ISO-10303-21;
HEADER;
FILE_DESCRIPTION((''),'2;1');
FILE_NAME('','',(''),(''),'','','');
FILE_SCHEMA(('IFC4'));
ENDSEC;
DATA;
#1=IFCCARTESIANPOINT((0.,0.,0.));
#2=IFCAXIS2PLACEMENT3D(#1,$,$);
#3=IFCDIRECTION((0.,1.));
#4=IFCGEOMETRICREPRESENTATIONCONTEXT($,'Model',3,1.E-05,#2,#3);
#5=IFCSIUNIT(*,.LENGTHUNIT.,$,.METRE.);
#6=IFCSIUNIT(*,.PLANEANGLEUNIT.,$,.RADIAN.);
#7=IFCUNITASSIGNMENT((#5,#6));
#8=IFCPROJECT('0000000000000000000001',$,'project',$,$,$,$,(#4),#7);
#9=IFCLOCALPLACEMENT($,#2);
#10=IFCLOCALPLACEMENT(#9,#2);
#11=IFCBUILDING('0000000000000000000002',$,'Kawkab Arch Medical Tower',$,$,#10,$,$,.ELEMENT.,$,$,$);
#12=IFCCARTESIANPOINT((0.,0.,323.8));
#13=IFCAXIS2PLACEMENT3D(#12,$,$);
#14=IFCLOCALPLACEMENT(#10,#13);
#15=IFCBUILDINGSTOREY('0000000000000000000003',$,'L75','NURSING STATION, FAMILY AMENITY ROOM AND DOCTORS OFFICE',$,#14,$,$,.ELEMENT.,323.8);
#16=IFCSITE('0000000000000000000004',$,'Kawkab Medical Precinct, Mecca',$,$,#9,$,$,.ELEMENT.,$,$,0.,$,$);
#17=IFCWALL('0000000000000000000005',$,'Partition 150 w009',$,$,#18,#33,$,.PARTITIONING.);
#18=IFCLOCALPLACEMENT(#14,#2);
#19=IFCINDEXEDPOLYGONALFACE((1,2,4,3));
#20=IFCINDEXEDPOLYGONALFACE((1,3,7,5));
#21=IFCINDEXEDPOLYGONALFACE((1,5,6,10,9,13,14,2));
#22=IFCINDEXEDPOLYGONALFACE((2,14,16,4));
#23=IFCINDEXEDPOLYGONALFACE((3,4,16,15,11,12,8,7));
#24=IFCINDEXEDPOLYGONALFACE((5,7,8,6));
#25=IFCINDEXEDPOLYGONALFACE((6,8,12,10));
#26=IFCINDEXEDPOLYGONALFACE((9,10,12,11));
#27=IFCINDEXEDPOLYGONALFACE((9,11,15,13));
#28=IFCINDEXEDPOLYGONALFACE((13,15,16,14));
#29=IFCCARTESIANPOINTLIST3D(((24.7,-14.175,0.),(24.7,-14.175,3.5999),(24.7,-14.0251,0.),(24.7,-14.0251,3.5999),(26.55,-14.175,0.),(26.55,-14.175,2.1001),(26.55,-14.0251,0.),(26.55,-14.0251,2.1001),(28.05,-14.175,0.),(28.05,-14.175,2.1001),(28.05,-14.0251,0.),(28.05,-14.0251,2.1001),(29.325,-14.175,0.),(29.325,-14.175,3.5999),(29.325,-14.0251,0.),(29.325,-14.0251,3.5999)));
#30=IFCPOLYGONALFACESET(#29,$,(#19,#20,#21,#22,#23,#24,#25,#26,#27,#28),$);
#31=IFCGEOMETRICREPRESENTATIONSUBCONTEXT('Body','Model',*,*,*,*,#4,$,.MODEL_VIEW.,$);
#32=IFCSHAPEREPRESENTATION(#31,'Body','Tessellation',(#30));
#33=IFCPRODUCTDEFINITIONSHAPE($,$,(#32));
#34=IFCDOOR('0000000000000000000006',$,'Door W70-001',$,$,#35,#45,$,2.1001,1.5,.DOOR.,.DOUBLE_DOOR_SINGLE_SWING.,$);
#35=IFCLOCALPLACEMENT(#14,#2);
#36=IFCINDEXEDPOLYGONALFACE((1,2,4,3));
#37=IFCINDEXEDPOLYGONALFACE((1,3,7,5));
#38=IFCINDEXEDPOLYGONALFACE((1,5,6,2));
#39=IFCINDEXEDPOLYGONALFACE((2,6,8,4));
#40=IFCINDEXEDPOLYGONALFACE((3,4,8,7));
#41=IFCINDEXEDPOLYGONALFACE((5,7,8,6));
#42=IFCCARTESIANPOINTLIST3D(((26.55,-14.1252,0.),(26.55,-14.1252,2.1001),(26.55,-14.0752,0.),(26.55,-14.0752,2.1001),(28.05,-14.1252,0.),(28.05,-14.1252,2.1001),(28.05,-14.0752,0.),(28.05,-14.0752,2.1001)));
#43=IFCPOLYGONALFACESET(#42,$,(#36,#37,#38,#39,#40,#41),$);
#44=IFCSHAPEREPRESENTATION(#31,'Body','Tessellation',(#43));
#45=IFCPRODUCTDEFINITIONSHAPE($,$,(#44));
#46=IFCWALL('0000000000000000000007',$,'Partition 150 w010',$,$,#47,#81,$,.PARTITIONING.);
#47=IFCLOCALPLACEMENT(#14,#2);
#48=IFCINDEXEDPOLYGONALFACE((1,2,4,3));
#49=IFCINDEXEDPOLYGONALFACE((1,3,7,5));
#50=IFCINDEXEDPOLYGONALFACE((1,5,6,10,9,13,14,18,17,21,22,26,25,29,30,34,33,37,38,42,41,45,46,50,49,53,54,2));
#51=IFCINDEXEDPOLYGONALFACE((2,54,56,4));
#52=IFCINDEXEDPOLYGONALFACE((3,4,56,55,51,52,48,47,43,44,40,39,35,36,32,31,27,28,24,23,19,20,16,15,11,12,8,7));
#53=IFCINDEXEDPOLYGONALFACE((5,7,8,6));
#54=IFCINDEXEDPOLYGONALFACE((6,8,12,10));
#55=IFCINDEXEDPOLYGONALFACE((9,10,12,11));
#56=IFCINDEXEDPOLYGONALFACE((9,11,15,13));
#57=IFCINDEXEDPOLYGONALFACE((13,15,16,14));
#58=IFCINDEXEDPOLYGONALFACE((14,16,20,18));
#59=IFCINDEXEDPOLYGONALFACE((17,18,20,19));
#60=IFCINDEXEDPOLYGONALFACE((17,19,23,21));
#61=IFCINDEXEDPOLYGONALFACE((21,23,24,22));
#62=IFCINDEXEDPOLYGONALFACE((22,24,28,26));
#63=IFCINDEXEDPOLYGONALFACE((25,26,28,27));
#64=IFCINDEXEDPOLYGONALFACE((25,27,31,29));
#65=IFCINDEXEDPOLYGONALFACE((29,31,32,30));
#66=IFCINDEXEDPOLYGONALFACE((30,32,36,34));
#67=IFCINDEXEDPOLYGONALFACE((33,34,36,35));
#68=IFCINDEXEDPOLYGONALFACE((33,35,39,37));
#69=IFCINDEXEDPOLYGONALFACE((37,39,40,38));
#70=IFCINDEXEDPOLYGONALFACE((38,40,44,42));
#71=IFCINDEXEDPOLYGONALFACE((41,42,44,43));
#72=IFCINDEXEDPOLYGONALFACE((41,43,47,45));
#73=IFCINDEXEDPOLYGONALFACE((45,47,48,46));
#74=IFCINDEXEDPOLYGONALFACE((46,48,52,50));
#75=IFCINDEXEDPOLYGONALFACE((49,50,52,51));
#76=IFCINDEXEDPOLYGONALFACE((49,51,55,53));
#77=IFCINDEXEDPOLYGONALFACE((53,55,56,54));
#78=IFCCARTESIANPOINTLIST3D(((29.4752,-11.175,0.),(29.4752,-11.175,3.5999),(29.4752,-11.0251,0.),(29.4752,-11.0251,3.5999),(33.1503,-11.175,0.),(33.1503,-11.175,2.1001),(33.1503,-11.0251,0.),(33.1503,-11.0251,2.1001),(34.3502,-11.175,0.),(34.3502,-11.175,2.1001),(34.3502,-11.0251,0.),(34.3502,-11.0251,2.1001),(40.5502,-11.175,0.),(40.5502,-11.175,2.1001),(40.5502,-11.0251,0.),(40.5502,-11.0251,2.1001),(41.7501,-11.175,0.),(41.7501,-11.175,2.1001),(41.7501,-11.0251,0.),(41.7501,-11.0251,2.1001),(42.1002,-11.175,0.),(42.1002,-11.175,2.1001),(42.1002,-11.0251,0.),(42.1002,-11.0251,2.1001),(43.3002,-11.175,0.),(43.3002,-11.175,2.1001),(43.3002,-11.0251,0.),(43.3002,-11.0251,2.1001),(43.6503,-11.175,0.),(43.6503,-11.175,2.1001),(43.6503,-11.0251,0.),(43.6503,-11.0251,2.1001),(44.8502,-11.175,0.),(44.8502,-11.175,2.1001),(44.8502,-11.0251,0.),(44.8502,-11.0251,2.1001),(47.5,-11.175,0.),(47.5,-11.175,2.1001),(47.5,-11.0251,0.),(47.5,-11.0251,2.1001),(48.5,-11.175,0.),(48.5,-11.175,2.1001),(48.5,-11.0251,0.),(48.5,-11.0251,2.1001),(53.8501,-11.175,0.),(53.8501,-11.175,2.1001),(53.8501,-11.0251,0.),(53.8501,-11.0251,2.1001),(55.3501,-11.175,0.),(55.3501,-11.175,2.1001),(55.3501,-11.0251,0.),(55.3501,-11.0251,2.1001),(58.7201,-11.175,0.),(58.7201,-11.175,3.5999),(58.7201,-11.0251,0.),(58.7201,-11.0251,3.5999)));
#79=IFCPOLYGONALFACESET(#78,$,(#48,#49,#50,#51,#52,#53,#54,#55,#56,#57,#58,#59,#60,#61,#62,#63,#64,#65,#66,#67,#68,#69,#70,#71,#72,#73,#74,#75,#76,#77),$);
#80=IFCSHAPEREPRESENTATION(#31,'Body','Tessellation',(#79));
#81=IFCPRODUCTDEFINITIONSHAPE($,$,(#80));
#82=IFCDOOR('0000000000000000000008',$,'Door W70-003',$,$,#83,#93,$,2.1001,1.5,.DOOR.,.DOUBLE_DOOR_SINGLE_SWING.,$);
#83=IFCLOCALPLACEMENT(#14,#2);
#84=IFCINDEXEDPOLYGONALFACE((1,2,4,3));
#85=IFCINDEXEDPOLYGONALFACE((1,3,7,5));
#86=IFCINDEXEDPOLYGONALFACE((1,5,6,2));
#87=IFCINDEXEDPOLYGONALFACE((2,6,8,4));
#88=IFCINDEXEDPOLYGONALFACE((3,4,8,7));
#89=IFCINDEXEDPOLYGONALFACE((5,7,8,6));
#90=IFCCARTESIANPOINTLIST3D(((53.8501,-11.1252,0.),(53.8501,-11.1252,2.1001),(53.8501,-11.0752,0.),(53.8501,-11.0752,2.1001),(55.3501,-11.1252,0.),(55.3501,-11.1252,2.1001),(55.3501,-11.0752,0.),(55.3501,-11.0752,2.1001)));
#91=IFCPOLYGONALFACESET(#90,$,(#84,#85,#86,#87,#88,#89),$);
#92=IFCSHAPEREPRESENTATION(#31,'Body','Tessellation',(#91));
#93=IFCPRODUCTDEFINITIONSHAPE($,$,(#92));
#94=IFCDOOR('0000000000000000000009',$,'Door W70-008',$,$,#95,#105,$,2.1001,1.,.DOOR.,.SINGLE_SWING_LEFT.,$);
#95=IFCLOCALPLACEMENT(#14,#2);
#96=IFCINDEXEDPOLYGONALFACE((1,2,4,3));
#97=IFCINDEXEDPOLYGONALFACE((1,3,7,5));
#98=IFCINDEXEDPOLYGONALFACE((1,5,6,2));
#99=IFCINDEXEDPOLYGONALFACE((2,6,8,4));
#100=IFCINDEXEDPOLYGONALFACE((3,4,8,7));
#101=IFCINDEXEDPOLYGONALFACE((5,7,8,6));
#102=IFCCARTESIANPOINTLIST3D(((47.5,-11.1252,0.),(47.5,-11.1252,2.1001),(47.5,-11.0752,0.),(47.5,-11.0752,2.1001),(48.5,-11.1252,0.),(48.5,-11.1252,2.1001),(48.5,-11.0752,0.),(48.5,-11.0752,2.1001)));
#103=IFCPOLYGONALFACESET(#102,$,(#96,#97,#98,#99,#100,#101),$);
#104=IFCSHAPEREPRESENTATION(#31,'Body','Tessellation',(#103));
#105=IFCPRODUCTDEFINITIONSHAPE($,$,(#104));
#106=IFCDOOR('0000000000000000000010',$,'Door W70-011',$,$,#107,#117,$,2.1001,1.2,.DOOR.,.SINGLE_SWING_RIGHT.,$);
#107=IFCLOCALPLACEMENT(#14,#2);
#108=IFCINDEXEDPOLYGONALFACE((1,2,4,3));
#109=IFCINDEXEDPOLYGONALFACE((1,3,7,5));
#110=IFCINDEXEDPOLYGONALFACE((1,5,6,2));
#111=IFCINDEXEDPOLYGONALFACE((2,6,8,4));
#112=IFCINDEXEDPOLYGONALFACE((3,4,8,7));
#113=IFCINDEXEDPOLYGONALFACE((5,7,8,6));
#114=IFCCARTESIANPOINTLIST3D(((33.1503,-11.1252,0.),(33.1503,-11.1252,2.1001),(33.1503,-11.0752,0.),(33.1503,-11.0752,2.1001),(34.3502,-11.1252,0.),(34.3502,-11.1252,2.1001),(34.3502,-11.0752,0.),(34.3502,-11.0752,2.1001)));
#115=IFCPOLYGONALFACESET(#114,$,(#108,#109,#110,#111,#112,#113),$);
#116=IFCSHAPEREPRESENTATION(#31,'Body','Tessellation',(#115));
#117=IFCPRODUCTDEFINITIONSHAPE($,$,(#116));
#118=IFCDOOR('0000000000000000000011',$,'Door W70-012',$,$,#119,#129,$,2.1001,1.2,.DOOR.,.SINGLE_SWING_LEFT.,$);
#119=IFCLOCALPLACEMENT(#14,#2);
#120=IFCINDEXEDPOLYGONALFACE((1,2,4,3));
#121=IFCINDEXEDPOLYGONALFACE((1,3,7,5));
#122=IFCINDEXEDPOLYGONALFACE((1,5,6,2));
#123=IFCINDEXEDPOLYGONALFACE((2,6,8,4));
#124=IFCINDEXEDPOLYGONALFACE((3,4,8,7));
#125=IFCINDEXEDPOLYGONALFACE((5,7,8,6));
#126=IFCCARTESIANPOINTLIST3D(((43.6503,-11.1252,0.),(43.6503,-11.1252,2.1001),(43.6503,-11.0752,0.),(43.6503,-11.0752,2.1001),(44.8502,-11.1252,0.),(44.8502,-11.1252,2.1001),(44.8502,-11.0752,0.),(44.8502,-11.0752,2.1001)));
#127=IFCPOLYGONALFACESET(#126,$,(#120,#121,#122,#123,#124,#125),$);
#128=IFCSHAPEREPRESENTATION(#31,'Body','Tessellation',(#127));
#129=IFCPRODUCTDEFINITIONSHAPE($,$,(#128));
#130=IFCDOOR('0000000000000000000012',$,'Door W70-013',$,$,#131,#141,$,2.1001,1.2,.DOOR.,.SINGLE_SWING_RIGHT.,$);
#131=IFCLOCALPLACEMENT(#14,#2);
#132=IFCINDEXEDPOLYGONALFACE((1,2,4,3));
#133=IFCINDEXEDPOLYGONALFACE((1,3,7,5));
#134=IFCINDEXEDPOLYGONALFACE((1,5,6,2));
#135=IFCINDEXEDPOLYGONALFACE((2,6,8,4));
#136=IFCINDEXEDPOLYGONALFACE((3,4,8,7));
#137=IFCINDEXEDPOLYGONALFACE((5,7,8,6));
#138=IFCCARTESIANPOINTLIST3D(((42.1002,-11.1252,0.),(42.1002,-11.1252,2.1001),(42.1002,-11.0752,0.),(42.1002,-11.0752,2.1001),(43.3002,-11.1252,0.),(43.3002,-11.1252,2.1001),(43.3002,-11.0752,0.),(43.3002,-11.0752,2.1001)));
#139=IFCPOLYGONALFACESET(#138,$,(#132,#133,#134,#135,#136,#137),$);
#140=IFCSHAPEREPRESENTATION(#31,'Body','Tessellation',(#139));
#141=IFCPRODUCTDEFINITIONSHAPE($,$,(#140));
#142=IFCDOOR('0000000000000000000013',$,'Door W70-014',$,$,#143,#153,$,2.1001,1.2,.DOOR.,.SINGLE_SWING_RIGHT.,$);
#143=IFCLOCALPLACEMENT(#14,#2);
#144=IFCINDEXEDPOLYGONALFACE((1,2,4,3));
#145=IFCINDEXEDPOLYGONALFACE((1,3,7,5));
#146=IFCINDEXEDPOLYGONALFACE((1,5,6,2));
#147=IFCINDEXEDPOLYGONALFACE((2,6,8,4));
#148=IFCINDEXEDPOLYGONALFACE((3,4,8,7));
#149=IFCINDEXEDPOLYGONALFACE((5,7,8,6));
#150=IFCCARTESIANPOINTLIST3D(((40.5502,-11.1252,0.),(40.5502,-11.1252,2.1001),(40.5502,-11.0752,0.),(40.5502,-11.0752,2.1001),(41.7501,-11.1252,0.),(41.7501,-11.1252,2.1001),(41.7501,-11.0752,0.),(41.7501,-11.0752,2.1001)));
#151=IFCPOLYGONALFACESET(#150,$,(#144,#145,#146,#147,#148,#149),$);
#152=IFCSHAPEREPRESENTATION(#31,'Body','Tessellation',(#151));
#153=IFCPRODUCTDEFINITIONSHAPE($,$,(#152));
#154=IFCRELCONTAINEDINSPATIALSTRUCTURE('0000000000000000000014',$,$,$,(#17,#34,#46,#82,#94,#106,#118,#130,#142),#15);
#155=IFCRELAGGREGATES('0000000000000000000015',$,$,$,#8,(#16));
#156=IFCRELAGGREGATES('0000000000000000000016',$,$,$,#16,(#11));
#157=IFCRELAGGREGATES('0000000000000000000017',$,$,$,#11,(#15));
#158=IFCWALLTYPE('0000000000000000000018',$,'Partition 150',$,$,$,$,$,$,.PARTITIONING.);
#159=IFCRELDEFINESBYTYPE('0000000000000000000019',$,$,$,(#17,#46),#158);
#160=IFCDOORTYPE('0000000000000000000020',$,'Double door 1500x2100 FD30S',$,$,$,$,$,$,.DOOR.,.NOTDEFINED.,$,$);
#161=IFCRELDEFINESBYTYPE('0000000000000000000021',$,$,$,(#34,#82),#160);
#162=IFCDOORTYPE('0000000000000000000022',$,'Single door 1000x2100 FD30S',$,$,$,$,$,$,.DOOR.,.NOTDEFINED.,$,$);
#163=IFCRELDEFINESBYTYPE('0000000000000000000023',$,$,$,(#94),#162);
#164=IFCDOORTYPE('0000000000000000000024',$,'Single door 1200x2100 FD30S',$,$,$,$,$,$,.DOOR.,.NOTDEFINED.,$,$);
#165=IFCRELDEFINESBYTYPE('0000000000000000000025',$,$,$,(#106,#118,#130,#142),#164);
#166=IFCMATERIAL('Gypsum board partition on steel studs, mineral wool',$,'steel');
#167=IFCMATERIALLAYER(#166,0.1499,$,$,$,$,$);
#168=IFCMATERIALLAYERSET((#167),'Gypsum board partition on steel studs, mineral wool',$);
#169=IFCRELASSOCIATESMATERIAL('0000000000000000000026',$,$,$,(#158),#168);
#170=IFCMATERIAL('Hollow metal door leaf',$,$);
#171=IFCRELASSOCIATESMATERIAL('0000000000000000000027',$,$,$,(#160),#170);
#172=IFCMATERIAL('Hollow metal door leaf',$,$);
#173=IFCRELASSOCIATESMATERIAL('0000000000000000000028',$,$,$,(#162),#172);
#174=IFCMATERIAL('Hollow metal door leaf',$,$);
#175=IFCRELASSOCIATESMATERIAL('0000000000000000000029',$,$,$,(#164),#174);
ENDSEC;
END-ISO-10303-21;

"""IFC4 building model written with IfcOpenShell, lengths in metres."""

from ifc_helpers import new_model, si_unit, direction, frame, frame_2d, origin, place, context, subcontext, project, spatial, rectangle, extrude, material, layer, layer_set, type_object, element, fill, save


model = new_model("IFC4")

# Units and contexts
model_context = context("Model", 3, precision=1e-05, world=origin(), true_north=direction((0.0, 1.0)))
body_context = subcontext(model_context, "Body", "Model", "MODEL_VIEW")
ifc_project = project(units=[si_unit("LENGTHUNIT", "METRE"), si_unit("PLANEANGLEUNIT", "RADIAN")], contexts=[model_context])

# Site, building, storey
site_placement = place(None, origin())
site = spatial("IfcSite", under=ifc_project, at=site_placement, Name="Kawkab Medical Precinct, Mecca", CompositionType="ELEMENT", RefElevation=0.0)
building_placement = place(site_placement, origin())
building = spatial("IfcBuilding", under=site, at=building_placement, Name="Kawkab Arch Medical Tower", CompositionType="ELEMENT")
storey_placement = place(building_placement, frame((0.0, 0.0, 323.8)))
storey = spatial("IfcBuildingStorey", under=building, at=storey_placement, Name="L75", Description="NURSING STATION, FAMILY AMENITY ROOM AND DOCTORS OFFICE", CompositionType="ELEMENT", Elevation=323.8)

# Wall, opening, door
ifc_material_1 = material(Name="Gypsum board partition on steel studs, mineral wool", Category="steel")
ifc_layer_1 = layer(ifc_material_1, 0.1499)
ifc_layer_set_1 = layer_set([ifc_layer_1], Name="Gypsum board partition on steel studs, mineral wool")
wall_type_1 = type_object("IfcWallType", Name="Partition 150", PredefinedType="PARTITIONING", material=ifc_layer_set_1)
wall_1_placement = place(storey_placement, frame((24.7, -14.1001, 0.0), z_axis=(0.0, 0.0, 1.0), x_axis=(1.0, 0.0, 0.0)))
wall_1 = element("IfcWall", 1, at=wall_1_placement, inside=storey, type_object=wall_type_1, Name="Partition 150 w009", PredefinedType="PARTITIONING", context=body_context, shape_type="SweptSolid", body=[
    extrude(rectangle(XDim=4.625, YDim=0.1499, at=frame_2d((2.3125, 0.0))), origin(), (0.0, 0.0, 1.0), 3.5999),
])
opening_1_placement = place(wall_1_placement, frame((1.8501, 0.0, 0.0)))
opening_1 = element("IfcOpeningElement", 2, at=opening_1_placement, cuts=wall_1, PredefinedType="OPENING", context=body_context, shape_type="SweptSolid", body=[
    extrude(rectangle(XDim=1.5, YDim=2.1001, at=frame_2d((0.75, 1.05))), frame((0.0, 0.085, 0.0), z_axis=(0.0, -1.0, 0.0), x_axis=(1.0, 0.0, 0.0)), (0.0, 0.0, 1.0), 0.1699),
])
ifc_material_2 = material(Name="Hollow metal door leaf")
door_type_1 = type_object("IfcDoorType", Name="Double door 1500x2100 FD30S", OperationType="NOTDEFINED", PredefinedType="DOOR", material=ifc_material_2)
door_1_placement = place(opening_1_placement, origin())
door_1 = element("IfcDoor", 3, at=door_1_placement, inside=storey, type_object=door_type_1, Name="Door W70-001", OperationType="DOUBLE_DOOR_SINGLE_SWING", OverallHeight=2.1001, OverallWidth=1.5, PredefinedType="DOOR", context=body_context, shape_type="SweptSolid", body=[
    extrude(rectangle(XDim=1.5, YDim=2.1001, at=frame_2d((0.75, 1.05))), frame((0.0, 0.0249, 0.0), z_axis=(0.0, -1.0, 0.0), x_axis=(1.0, 0.0, 0.0)), (0.0, 0.0, 1.0), 0.05),
])
fill(opening_1, door_1)

# Wall, openings, doors
wall_2_placement = place(storey_placement, frame((29.4751, -11.1001, 0.0), z_axis=(0.0, 0.0, 1.0), x_axis=(1.0, 0.0, 0.0)))
wall_2 = element("IfcWall", 4, at=wall_2_placement, inside=storey, type_object=wall_type_1, Name="Partition 150 w010", PredefinedType="PARTITIONING", context=body_context, shape_type="SweptSolid", body=[
    extrude(rectangle(XDim=29.2449, YDim=0.1499, at=frame_2d((14.6226, 0.0))), origin(), (0.0, 0.0, 1.0), 3.5999),
])
opening_2_placement = place(wall_2_placement, frame((3.675, 0.0, 0.0)))
opening_2 = element("IfcOpeningElement", 5, at=opening_2_placement, cuts=wall_2, PredefinedType="OPENING", context=body_context, shape_type="SweptSolid", body=[
    extrude(rectangle(XDim=1.2, YDim=2.1001, at=frame_2d((0.6001, 1.05))), frame((0.0, 0.085, 0.0), z_axis=(0.0, -1.0, 0.0), x_axis=(1.0, 0.0, 0.0)), (0.0, 0.0, 1.0), 0.1699),
])
opening_3_placement = place(wall_2_placement, frame((14.175, 0.0, 0.0)))
opening_3 = element("IfcOpeningElement", 6, at=opening_3_placement, cuts=wall_2, PredefinedType="OPENING", context=body_context, shape_type="SweptSolid", body=[
    extrude(rectangle(XDim=1.2, YDim=2.1001, at=frame_2d((0.6001, 1.05))), frame((0.0, 0.085, 0.0), z_axis=(0.0, -1.0, 0.0), x_axis=(1.0, 0.0, 0.0)), (0.0, 0.0, 1.0), 0.1699),
])
opening_4_placement = place(wall_2_placement, frame((12.625, 0.0, 0.0)))
opening_4 = element("IfcOpeningElement", 7, at=opening_4_placement, cuts=wall_2, PredefinedType="OPENING", context=body_context, shape_type="SweptSolid", body=[
    extrude(rectangle(XDim=1.2, YDim=2.1001, at=frame_2d((0.6001, 1.05))), frame((0.0, 0.085, 0.0), z_axis=(0.0, -1.0, 0.0), x_axis=(1.0, 0.0, 0.0)), (0.0, 0.0, 1.0), 0.1699),
])
opening_5_placement = place(wall_2_placement, frame((11.075, 0.0, 0.0)))
opening_5 = element("IfcOpeningElement", 8, at=opening_5_placement, cuts=wall_2, PredefinedType="OPENING", context=body_context, shape_type="SweptSolid", body=[
    extrude(rectangle(XDim=1.2, YDim=2.1001, at=frame_2d((0.6001, 1.05))), frame((0.0, 0.085, 0.0), z_axis=(0.0, -1.0, 0.0), x_axis=(1.0, 0.0, 0.0)), (0.0, 0.0, 1.0), 0.1699),
])
opening_6_placement = place(wall_2_placement, frame((18.0249, 0.0, 0.0)))
opening_6 = element("IfcOpeningElement", 9, at=opening_6_placement, cuts=wall_2, PredefinedType="OPENING", context=body_context, shape_type="SweptSolid", body=[
    extrude(rectangle(XDim=1.0, YDim=2.1001, at=frame_2d((0.5, 1.05))), frame((0.0, 0.085, 0.0), z_axis=(0.0, -1.0, 0.0), x_axis=(1.0, 0.0, 0.0)), (0.0, 0.0, 1.0), 0.1699),
])
opening_7_placement = place(wall_2_placement, frame((24.375, 0.0, 0.0)))
opening_7 = element("IfcOpeningElement", 10, at=opening_7_placement, cuts=wall_2, PredefinedType="OPENING", context=body_context, shape_type="SweptSolid", body=[
    extrude(rectangle(XDim=1.5, YDim=2.1001, at=frame_2d((0.75, 1.05))), frame((0.0, 0.085, 0.0), z_axis=(0.0, -1.0, 0.0), x_axis=(1.0, 0.0, 0.0)), (0.0, 0.0, 1.0), 0.1699),
])
door_2_placement = place(opening_7_placement, origin())
door_2 = element("IfcDoor", 11, at=door_2_placement, inside=storey, type_object=door_type_1, Name="Door W70-003", OperationType="DOUBLE_DOOR_SINGLE_SWING", OverallHeight=2.1001, OverallWidth=1.5, PredefinedType="DOOR", context=body_context, shape_type="SweptSolid", body=[
    extrude(rectangle(XDim=1.5, YDim=2.1001, at=frame_2d((0.75, 1.05))), frame((0.0, 0.0249, 0.0), z_axis=(0.0, -1.0, 0.0), x_axis=(1.0, 0.0, 0.0)), (0.0, 0.0, 1.0), 0.05),
])
fill(opening_7, door_2)
ifc_material_3 = material(Name="Hollow metal door leaf")
door_type_2 = type_object("IfcDoorType", Name="Single door 1000x2100 FD30S", OperationType="NOTDEFINED", PredefinedType="DOOR", material=ifc_material_3)
door_3_placement = place(opening_6_placement, origin())
door_3 = element("IfcDoor", 12, at=door_3_placement, inside=storey, type_object=door_type_2, Name="Door W70-008", OperationType="SINGLE_SWING_LEFT", OverallHeight=2.1001, OverallWidth=1.0, PredefinedType="DOOR", context=body_context, shape_type="SweptSolid", body=[
    extrude(rectangle(XDim=1.0, YDim=2.1001, at=frame_2d((0.5, 1.05))), frame((0.0, 0.0249, 0.0), z_axis=(0.0, -1.0, 0.0), x_axis=(1.0, 0.0, 0.0)), (0.0, 0.0, 1.0), 0.05),
])
fill(opening_6, door_3)
ifc_material_4 = material(Name="Hollow metal door leaf")
door_type_3 = type_object("IfcDoorType", Name="Single door 1200x2100 FD30S", OperationType="NOTDEFINED", PredefinedType="DOOR", material=ifc_material_4)
door_4_placement = place(opening_2_placement, origin())
door_4 = element("IfcDoor", 13, at=door_4_placement, inside=storey, type_object=door_type_3, Name="Door W70-011", OperationType="SINGLE_SWING_RIGHT", OverallHeight=2.1001, OverallWidth=1.2, PredefinedType="DOOR", context=body_context, shape_type="SweptSolid", body=[
    extrude(rectangle(XDim=1.2, YDim=2.1001, at=frame_2d((0.6001, 1.05))), frame((0.0, 0.0249, 0.0), z_axis=(0.0, -1.0, 0.0), x_axis=(1.0, 0.0, 0.0)), (0.0, 0.0, 1.0), 0.05),
])
fill(opening_2, door_4)
door_5_placement = place(opening_3_placement, origin())
door_5 = element("IfcDoor", 14, at=door_5_placement, inside=storey, type_object=door_type_3, Name="Door W70-012", OperationType="SINGLE_SWING_LEFT", OverallHeight=2.1001, OverallWidth=1.2, PredefinedType="DOOR", context=body_context, shape_type="SweptSolid", body=[
    extrude(rectangle(XDim=1.2, YDim=2.1001, at=frame_2d((0.6001, 1.05))), frame((0.0, 0.0249, 0.0), z_axis=(0.0, -1.0, 0.0), x_axis=(1.0, 0.0, 0.0)), (0.0, 0.0, 1.0), 0.05),
])
fill(opening_3, door_5)
door_6_placement = place(opening_4_placement, origin())
door_6 = element("IfcDoor", 15, at=door_6_placement, inside=storey, type_object=door_type_3, Name="Door W70-013", OperationType="SINGLE_SWING_RIGHT", OverallHeight=2.1001, OverallWidth=1.2, PredefinedType="DOOR", context=body_context, shape_type="SweptSolid", body=[
    extrude(rectangle(XDim=1.2, YDim=2.1001, at=frame_2d((0.6001, 1.05))), frame((0.0, 0.0249, 0.0), z_axis=(0.0, -1.0, 0.0), x_axis=(1.0, 0.0, 0.0)), (0.0, 0.0, 1.0), 0.05),
])
fill(opening_4, door_6)
door_7_placement = place(opening_5_placement, origin())
door_7 = element("IfcDoor", 16, at=door_7_placement, inside=storey, type_object=door_type_3, Name="Door W70-014", OperationType="SINGLE_SWING_RIGHT", OverallHeight=2.1001, OverallWidth=1.2, PredefinedType="DOOR", context=body_context, shape_type="SweptSolid", body=[
    extrude(rectangle(XDim=1.2, YDim=2.1001, at=frame_2d((0.6001, 1.05))), frame((0.0, 0.0249, 0.0), z_axis=(0.0, -1.0, 0.0), x_axis=(1.0, 0.0, 0.0)), (0.0, 0.0, 1.0), 0.05),
])
fill(opening_5, door_7)

save(model, "model.ifc")
